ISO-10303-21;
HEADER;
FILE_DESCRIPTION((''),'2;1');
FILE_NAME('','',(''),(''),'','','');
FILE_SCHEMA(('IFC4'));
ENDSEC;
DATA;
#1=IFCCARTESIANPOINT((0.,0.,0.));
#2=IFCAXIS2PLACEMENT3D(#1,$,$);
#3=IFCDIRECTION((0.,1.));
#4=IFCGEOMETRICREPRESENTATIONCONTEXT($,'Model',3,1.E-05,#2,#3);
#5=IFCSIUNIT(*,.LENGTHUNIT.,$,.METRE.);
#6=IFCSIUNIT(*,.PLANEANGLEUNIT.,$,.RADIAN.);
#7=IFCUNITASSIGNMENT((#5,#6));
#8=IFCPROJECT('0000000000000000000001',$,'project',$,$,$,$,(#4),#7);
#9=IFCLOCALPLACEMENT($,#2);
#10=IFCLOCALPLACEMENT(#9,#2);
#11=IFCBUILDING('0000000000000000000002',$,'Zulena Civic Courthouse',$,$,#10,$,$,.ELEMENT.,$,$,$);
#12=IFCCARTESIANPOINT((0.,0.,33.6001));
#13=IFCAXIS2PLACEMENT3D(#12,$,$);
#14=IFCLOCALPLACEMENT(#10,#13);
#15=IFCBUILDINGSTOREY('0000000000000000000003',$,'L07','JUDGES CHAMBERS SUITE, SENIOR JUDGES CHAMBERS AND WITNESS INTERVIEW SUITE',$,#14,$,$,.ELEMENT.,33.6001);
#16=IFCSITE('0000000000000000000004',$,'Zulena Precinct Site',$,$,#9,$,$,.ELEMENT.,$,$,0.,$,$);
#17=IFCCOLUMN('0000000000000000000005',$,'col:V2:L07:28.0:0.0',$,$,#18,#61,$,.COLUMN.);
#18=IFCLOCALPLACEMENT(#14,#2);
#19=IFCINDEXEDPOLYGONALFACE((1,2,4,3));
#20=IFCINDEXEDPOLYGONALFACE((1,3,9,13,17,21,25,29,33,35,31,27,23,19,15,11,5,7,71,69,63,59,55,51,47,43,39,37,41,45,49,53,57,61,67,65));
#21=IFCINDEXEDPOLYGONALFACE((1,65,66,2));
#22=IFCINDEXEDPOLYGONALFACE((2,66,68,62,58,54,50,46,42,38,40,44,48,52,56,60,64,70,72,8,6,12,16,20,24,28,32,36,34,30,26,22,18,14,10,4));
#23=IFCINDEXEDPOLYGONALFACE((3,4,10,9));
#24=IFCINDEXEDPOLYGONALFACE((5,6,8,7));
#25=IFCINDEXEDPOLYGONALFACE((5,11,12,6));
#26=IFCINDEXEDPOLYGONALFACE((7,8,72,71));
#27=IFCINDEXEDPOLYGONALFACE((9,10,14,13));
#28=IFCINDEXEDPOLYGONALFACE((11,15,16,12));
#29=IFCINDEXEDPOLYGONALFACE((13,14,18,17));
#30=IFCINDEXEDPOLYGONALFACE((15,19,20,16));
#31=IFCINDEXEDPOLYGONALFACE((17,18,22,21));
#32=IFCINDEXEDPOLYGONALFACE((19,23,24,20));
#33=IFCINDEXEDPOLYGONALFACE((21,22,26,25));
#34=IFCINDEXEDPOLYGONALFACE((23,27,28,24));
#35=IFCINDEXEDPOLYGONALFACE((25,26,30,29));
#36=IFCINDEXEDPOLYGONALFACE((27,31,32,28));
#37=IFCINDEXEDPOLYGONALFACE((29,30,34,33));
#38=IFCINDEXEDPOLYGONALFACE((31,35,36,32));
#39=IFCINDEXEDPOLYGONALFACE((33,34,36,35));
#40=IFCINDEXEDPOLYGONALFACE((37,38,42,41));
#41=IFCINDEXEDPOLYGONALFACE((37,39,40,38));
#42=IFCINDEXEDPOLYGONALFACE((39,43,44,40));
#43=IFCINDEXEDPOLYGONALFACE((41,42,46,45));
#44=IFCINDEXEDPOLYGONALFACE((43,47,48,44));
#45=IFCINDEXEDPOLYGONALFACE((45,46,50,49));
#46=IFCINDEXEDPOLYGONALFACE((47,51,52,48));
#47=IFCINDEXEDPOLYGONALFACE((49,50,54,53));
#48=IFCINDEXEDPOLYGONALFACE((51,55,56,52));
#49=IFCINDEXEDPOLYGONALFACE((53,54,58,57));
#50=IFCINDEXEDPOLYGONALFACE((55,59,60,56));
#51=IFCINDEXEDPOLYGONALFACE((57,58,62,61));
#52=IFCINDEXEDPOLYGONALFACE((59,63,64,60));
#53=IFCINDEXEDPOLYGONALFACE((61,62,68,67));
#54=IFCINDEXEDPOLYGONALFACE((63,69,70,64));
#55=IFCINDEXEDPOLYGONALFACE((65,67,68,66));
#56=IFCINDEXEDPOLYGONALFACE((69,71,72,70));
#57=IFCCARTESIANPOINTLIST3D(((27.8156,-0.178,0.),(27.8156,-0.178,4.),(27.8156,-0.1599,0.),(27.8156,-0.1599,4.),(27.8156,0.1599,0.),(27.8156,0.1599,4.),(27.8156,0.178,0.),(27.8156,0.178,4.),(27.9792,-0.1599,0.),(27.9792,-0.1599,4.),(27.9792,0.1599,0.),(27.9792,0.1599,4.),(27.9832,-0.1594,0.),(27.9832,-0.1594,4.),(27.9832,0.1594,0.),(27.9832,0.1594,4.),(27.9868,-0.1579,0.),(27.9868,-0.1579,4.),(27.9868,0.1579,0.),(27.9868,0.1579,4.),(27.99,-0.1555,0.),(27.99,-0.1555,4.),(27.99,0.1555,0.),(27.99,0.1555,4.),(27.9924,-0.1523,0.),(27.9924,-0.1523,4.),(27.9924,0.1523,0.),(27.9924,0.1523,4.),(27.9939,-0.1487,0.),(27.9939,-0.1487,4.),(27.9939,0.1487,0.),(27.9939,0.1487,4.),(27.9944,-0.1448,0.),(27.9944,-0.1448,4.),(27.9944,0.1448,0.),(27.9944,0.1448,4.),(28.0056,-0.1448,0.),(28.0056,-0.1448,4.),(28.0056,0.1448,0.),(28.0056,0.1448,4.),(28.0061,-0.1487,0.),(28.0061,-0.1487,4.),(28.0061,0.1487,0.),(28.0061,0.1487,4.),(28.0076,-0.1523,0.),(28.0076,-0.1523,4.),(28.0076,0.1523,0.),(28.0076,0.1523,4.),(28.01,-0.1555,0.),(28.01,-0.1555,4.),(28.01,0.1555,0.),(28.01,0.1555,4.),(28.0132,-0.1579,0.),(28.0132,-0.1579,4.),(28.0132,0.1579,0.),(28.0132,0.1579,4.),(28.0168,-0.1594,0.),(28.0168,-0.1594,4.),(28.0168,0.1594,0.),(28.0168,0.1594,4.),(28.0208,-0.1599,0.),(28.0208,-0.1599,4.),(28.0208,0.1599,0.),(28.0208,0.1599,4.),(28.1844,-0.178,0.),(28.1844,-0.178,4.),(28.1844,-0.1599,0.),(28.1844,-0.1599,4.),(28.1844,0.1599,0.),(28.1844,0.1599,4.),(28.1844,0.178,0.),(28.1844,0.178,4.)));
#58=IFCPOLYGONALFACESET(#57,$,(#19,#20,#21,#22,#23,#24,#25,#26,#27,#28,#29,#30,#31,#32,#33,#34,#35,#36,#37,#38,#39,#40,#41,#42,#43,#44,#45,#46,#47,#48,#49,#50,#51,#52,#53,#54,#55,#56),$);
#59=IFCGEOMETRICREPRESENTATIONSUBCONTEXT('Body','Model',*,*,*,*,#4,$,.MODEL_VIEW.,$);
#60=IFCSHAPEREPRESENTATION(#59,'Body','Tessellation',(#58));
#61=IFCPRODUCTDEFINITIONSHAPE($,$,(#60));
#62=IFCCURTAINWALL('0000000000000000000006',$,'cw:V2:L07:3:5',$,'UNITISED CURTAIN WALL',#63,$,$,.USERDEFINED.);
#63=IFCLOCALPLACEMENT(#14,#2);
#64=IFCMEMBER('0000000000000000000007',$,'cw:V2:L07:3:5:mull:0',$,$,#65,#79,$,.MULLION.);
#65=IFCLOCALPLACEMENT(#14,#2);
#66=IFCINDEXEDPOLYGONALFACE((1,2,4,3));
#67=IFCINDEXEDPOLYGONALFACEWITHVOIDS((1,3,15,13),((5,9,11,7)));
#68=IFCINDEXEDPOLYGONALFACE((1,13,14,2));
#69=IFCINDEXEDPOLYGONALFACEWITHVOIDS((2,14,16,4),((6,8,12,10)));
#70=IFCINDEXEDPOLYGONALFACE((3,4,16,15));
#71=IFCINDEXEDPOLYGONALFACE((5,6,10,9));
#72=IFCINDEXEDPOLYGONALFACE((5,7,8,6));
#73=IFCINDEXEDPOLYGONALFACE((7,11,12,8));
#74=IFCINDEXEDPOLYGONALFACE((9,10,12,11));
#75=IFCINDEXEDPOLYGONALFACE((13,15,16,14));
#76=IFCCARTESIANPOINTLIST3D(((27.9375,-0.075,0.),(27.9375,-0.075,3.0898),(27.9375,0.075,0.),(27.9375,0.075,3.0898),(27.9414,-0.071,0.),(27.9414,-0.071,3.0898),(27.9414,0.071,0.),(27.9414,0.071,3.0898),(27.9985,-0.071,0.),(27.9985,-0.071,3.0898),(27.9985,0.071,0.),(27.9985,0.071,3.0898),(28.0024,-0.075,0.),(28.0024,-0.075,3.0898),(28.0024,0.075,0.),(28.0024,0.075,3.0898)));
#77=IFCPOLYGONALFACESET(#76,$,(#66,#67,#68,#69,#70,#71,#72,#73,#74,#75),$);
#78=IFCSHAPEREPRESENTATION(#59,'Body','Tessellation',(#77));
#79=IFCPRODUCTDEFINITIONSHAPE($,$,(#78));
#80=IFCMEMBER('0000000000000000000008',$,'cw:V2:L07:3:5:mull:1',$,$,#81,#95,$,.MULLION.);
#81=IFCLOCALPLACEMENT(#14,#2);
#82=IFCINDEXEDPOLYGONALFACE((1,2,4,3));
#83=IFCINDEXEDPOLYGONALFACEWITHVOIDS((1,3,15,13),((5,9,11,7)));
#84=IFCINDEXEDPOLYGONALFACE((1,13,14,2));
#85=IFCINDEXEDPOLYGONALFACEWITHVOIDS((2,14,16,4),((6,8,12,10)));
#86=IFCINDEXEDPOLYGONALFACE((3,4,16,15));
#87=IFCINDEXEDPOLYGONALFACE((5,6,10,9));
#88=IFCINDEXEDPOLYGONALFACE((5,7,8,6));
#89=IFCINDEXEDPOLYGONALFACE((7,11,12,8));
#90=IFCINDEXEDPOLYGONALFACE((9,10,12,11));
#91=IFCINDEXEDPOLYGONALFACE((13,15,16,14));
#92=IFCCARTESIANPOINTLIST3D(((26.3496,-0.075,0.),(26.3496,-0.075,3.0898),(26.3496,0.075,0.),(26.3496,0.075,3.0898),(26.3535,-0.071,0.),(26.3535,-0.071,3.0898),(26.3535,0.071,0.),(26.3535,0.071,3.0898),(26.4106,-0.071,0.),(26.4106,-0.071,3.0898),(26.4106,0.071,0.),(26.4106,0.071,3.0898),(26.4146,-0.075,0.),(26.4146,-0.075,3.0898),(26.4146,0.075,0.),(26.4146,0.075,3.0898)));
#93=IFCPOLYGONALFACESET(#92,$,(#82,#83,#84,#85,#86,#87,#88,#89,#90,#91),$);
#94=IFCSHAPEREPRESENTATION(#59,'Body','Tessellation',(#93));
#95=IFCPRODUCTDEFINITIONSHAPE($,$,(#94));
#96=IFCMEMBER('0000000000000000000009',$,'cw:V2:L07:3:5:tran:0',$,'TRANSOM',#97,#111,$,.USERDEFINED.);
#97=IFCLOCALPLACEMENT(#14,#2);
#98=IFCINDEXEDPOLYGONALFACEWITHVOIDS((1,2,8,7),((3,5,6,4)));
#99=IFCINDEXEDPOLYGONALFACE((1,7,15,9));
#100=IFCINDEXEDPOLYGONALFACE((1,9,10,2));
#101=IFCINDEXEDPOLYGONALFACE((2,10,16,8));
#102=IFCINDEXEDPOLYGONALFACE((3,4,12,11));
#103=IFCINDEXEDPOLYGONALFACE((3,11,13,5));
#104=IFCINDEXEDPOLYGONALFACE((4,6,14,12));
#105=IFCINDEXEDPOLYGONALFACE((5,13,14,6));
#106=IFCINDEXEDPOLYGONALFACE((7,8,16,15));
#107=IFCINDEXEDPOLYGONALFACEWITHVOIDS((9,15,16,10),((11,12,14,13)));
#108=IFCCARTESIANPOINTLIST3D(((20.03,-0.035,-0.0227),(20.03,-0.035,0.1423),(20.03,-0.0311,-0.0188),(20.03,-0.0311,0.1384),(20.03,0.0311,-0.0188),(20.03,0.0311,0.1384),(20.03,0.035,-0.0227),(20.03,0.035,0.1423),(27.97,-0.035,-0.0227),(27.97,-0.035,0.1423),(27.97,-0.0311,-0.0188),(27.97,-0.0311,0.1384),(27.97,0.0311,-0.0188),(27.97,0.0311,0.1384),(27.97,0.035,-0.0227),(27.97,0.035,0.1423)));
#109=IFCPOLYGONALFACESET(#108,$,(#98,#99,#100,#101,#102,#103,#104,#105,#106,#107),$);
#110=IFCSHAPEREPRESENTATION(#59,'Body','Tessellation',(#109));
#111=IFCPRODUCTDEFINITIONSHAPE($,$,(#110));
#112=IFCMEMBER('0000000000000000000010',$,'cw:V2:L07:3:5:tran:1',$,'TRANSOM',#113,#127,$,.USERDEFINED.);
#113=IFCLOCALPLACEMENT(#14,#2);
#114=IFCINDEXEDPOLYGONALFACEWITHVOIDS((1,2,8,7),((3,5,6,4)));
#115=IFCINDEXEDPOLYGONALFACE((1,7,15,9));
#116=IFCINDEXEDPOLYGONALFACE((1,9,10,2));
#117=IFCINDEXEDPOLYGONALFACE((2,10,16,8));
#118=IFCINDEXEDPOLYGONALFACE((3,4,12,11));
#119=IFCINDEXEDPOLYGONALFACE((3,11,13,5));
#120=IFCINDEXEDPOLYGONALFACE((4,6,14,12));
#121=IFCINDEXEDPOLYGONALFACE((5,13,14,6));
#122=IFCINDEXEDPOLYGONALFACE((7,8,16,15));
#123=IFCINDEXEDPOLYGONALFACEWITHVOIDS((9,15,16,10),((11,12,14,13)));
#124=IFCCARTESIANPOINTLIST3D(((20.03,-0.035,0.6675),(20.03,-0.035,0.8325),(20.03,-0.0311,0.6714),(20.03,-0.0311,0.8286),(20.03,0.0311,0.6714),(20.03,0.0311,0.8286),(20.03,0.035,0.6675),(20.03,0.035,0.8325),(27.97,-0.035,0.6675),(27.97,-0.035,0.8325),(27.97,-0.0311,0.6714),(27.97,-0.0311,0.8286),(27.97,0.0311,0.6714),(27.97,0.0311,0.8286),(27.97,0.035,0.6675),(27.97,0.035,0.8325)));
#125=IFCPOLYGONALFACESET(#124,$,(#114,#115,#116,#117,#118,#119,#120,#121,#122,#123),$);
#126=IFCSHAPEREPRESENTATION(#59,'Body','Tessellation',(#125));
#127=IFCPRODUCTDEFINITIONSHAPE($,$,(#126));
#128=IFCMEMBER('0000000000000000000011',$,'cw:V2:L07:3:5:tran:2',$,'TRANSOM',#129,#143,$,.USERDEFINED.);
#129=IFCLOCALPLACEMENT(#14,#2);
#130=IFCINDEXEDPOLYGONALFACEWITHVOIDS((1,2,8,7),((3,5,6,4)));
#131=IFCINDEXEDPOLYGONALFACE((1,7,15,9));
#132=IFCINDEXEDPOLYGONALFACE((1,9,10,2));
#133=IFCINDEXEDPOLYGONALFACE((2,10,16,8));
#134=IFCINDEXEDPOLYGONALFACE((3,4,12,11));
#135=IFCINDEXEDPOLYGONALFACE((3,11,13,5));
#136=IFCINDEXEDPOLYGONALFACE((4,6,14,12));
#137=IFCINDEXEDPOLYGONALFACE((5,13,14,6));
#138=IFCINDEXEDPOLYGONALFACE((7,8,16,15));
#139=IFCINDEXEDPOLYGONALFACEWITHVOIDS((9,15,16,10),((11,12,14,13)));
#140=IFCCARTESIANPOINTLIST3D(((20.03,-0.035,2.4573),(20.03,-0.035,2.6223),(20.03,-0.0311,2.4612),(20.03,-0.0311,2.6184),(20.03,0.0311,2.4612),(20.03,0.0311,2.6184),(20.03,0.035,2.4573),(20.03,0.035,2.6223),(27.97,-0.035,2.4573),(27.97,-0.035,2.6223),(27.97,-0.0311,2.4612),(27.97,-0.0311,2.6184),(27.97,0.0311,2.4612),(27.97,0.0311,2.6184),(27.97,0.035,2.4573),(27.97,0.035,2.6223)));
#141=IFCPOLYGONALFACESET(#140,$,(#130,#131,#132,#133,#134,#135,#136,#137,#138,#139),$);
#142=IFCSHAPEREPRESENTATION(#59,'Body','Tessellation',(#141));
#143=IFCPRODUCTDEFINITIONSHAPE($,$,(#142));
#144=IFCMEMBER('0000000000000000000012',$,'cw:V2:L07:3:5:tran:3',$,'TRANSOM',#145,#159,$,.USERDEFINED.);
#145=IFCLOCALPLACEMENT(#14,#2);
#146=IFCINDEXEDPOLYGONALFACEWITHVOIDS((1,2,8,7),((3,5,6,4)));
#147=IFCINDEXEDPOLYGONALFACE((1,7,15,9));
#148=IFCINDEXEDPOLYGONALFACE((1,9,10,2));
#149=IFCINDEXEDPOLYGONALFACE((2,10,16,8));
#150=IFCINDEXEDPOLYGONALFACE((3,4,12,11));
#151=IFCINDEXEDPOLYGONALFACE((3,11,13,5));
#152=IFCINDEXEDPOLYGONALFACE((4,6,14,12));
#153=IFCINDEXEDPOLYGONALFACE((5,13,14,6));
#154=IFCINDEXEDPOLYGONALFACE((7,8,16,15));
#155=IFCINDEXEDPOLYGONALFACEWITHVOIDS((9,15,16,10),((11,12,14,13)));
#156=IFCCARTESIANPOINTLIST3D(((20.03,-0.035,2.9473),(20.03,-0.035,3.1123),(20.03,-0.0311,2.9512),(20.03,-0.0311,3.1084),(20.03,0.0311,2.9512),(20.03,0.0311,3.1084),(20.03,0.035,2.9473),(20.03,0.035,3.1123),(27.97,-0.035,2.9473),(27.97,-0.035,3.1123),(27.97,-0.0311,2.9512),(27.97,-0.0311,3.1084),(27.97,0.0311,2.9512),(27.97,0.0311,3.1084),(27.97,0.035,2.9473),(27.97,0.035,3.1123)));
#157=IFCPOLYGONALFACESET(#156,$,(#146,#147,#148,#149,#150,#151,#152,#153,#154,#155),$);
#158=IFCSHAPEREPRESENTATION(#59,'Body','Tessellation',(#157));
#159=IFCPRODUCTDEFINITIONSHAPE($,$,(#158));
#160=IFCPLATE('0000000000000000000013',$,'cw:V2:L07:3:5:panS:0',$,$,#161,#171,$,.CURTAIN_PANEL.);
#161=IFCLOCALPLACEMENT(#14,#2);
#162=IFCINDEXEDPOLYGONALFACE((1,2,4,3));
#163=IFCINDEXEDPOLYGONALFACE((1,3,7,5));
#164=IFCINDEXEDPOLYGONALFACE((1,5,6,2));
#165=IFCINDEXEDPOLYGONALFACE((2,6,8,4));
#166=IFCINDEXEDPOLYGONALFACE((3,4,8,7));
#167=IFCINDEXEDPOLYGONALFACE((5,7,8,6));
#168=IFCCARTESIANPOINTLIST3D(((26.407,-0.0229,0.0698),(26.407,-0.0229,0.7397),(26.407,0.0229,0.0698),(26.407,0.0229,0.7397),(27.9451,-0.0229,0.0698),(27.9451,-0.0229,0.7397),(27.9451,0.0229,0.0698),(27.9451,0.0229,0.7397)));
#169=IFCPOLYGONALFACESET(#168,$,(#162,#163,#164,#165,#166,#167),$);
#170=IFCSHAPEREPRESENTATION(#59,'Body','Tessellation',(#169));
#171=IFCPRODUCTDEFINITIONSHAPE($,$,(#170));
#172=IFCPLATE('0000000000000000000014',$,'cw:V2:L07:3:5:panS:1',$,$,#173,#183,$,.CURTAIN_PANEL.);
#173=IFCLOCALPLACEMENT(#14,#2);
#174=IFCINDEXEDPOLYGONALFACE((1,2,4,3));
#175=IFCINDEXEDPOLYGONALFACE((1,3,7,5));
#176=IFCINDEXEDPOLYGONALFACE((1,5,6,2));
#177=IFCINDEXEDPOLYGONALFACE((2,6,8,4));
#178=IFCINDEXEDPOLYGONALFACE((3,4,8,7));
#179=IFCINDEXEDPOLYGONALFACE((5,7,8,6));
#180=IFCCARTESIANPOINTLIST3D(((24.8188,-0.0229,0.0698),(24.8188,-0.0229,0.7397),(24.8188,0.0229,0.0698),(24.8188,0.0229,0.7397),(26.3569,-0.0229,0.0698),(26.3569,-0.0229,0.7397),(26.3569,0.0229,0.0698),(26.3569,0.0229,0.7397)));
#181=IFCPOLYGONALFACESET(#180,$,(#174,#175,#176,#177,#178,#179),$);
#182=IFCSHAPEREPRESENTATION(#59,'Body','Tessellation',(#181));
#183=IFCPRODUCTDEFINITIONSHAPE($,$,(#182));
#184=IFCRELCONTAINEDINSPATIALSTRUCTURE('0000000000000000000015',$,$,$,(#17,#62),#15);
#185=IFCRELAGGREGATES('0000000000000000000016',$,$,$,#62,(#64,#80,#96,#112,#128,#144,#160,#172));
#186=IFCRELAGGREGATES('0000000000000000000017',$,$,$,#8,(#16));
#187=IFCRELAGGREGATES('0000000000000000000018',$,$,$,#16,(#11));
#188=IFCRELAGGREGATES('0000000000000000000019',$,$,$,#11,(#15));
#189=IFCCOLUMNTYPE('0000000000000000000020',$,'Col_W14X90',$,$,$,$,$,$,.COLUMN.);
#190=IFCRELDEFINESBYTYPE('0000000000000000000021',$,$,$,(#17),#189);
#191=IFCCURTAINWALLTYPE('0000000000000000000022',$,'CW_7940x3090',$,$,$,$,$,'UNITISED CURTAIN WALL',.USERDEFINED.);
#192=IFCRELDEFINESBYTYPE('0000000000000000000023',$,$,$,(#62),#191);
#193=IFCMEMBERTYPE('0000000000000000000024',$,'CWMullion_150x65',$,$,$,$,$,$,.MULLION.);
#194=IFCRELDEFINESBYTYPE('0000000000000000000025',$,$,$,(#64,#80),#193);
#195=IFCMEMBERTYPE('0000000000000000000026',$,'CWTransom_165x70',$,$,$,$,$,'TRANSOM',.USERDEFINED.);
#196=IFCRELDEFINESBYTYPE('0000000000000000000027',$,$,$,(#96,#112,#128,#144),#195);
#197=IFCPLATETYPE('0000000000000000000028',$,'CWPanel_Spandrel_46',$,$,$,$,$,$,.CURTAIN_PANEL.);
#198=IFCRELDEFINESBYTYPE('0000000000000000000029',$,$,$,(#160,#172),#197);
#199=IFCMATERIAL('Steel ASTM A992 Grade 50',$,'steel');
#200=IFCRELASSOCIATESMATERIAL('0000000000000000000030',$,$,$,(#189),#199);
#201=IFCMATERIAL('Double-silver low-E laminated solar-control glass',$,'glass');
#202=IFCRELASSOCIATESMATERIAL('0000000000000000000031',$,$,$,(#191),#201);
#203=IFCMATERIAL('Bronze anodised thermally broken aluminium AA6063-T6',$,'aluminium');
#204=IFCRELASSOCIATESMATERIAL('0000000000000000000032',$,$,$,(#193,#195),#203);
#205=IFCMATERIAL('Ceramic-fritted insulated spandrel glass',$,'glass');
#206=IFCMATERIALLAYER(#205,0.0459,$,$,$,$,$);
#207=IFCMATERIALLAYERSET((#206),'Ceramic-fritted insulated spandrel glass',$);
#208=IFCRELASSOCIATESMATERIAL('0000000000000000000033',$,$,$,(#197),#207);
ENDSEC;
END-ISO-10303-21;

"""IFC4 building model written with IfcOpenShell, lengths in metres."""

from ifc_helpers import new_model, si_unit, direction, frame, origin, origin_2d, place, context, subcontext, project, spatial, rectangle, hollow_rectangle, i_section, extrude, material, layer, layer_set, material_profile, profile_set, type_object, element, aggregate, save


model = new_model("IFC4")

# Units and contexts
model_context = context("Model", 3, precision=1e-05, world=origin(), true_north=direction((0.0, 1.0)))
body_context = subcontext(model_context, "Body", "Model", "MODEL_VIEW")
ifc_project = project(units=[si_unit("LENGTHUNIT", "METRE"), si_unit("PLANEANGLEUNIT", "RADIAN")], contexts=[model_context])

# Site, building, storey
site_placement = place(None, origin())
site = spatial("IfcSite", under=ifc_project, at=site_placement, Name="Zulena Precinct Site", CompositionType="ELEMENT", RefElevation=0.0)
building_placement = place(site_placement, origin())
building = spatial("IfcBuilding", under=site, at=building_placement, Name="Zulena Civic Courthouse", CompositionType="ELEMENT")
storey_placement = place(building_placement, frame((0.0, 0.0, 33.6001)))
storey = spatial("IfcBuildingStorey", under=building, at=storey_placement, Name="L07", Description="JUDGES CHAMBERS SUITE, SENIOR JUDGES CHAMBERS AND WITNESS INTERVIEW SUITE", CompositionType="ELEMENT", Elevation=33.6001)

# Column
ifc_material_1 = material(Name="Steel ASTM A992 Grade 50", Category="steel")
ifc_material_profile_1 = material_profile(ifc_material_1, i_section(OverallWidth=0.3689, OverallDepth=0.356, WebThickness=0.0112, FlangeThickness=0.0181, FilletRadius=0.0151, at=origin_2d()), Name="W14X90")
ifc_profile_set_1 = profile_set([ifc_material_profile_1], Name="Steel ASTM A992 Grade 50")
column_type = type_object("IfcColumnType", Name="Col_W14X90", PredefinedType="COLUMN", material=ifc_profile_set_1)
column_placement = place(storey_placement, frame((28.0, 0.0, 0.0), z_axis=(0.0, 0.0, 1.0), x_axis=(1.0, 0.0, 0.0)))
element("IfcColumn", 1, at=column_placement, inside=storey, type_object=column_type, Name="col:V2:L07:28.0:0.0", PredefinedType="COLUMN", context=body_context, shape_type="SweptSolid", body=[
    extrude(i_section(OverallWidth=0.3689, OverallDepth=0.356, WebThickness=0.0112, FlangeThickness=0.0181, FilletRadius=0.0151, at=origin_2d()), origin(), (0.0, 0.0, 1.0), 4.0),
])

# Curtain wall, members, plates
ifc_material_2 = material(Name="Double-silver low-E laminated solar-control glass", Category="glass")
curtain_wall_type = type_object("IfcCurtainWallType", Name="CW_7940x3090", ElementType="UNITISED CURTAIN WALL", PredefinedType="USERDEFINED", material=ifc_material_2)
curtain_wall_placement = place(storey_placement, origin())
curtain_wall = element("IfcCurtainWall", 2, at=curtain_wall_placement, inside=storey, type_object=curtain_wall_type, Name="cw:V2:L07:3:5", ObjectType="UNITISED CURTAIN WALL", PredefinedType="USERDEFINED")
ifc_material_3 = material(Name="Bronze anodised thermally broken aluminium AA6063-T6", Category="aluminium")
ifc_material_profile_2 = material_profile(ifc_material_3, hollow_rectangle(XDim=0.0649, YDim=0.1499, WallThickness=0.0039, at=origin_2d()), Name="CWM150X65X4")
ifc_profile_set_2 = profile_set([ifc_material_profile_2], Name="Bronze anodised thermally broken aluminium AA6063-T6")
member_type_1 = type_object("IfcMemberType", Name="CWMullion_150x65", PredefinedType="MULLION", material=ifc_profile_set_2)
member_1_placement = place(storey_placement, frame((27.97, 0.0, 0.0), z_axis=(0.0, 0.0, 1.0), x_axis=(1.0, 0.0, 0.0)))
member_1 = element("IfcMember", 3, at=member_1_placement, type_object=member_type_1, Name="cw:V2:L07:3:5:mull:0", PredefinedType="MULLION", context=body_context, shape_type="SweptSolid", body=[
    extrude(hollow_rectangle(XDim=0.0649, YDim=0.1499, WallThickness=0.0039, at=origin_2d()), origin(), (0.0, 0.0, 1.0), 3.0898),
])
member_2_placement = place(storey_placement, frame((26.3821, 0.0, 0.0), z_axis=(0.0, 0.0, 1.0), x_axis=(1.0, 0.0, 0.0)))
member_2 = element("IfcMember", 4, at=member_2_placement, type_object=member_type_1, Name="cw:V2:L07:3:5:mull:1", PredefinedType="MULLION", context=body_context, shape_type="SweptSolid", body=[
    extrude(hollow_rectangle(XDim=0.0649, YDim=0.1499, WallThickness=0.0039, at=origin_2d()), origin(), (0.0, 0.0, 1.0), 3.0898),
])
ifc_material_profile_3 = material_profile(ifc_material_3, hollow_rectangle(XDim=0.0701, YDim=0.165, WallThickness=0.0039, at=origin_2d()), Name="CWT165X70X4")
ifc_profile_set_3 = profile_set([ifc_material_profile_3], Name="Bronze anodised thermally broken aluminium AA6063-T6")
member_type_2 = type_object("IfcMemberType", Name="CWTransom_165x70", ElementType="TRANSOM", PredefinedType="USERDEFINED", material=ifc_profile_set_3)
member_3_placement = place(storey_placement, frame((27.97, 0.0, 0.0598), z_axis=(-1.0, 0.0, 0.0), x_axis=(0.0, -1.0, 0.0)))
member_3 = element("IfcMember", 5, at=member_3_placement, type_object=member_type_2, Name="cw:V2:L07:3:5:tran:0", ObjectType="TRANSOM", PredefinedType="USERDEFINED", context=body_context, shape_type="SweptSolid", body=[
    extrude(hollow_rectangle(XDim=0.0701, YDim=0.165, WallThickness=0.0039, at=origin_2d()), origin(), (0.0, 0.0, 1.0), 7.9399),
])
member_4_placement = place(storey_placement, frame((27.97, 0.0, 0.75), z_axis=(-1.0, 0.0, 0.0), x_axis=(0.0, -1.0, 0.0)))
member_4 = element("IfcMember", 6, at=member_4_placement, type_object=member_type_2, Name="cw:V2:L07:3:5:tran:1", ObjectType="TRANSOM", PredefinedType="USERDEFINED", context=body_context, shape_type="SweptSolid", body=[
    extrude(hollow_rectangle(XDim=0.0701, YDim=0.165, WallThickness=0.0039, at=origin_2d()), origin(), (0.0, 0.0, 1.0), 7.9399),
])
member_5_placement = place(storey_placement, frame((27.97, 0.0, 2.5398), z_axis=(-1.0, 0.0, 0.0), x_axis=(0.0, -1.0, 0.0)))
member_5 = element("IfcMember", 7, at=member_5_placement, type_object=member_type_2, Name="cw:V2:L07:3:5:tran:2", ObjectType="TRANSOM", PredefinedType="USERDEFINED", context=body_context, shape_type="SweptSolid", body=[
    extrude(hollow_rectangle(XDim=0.0701, YDim=0.165, WallThickness=0.0039, at=origin_2d()), origin(), (0.0, 0.0, 1.0), 7.9399),
])
member_6_placement = place(storey_placement, frame((27.97, 0.0, 3.0298), z_axis=(-1.0, 0.0, 0.0), x_axis=(0.0, -1.0, 0.0)))
member_6 = element("IfcMember", 8, at=member_6_placement, type_object=member_type_2, Name="cw:V2:L07:3:5:tran:3", ObjectType="TRANSOM", PredefinedType="USERDEFINED", context=body_context, shape_type="SweptSolid", body=[
    extrude(hollow_rectangle(XDim=0.0701, YDim=0.165, WallThickness=0.0039, at=origin_2d()), origin(), (0.0, 0.0, 1.0), 7.9399),
])
ifc_material_4 = material(Name="Ceramic-fritted insulated spandrel glass", Category="glass")
ifc_layer_1 = layer(ifc_material_4, 0.0459)
ifc_layer_set_1 = layer_set([ifc_layer_1], Name="Ceramic-fritted insulated spandrel glass")
plate_type_1 = type_object("IfcPlateType", Name="CWPanel_Spandrel_46", PredefinedType="CURTAIN_PANEL", material=ifc_layer_set_1)
plate_1_placement = place(storey_placement, frame((27.176, 0.0, 0.0698), z_axis=(0.0, 0.0, 1.0), x_axis=(-1.0, 0.0, 0.0)))
plate_1 = element("IfcPlate", 9, at=plate_1_placement, type_object=plate_type_1, Name="cw:V2:L07:3:5:panS:0", PredefinedType="CURTAIN_PANEL", context=body_context, shape_type="SweptSolid", body=[
    extrude(rectangle(XDim=1.5381, YDim=0.0459, at=origin_2d()), origin(), (0.0, 0.0, 1.0), 0.6699),
])
plate_2_placement = place(storey_placement, frame((25.5879, 0.0, 0.0698), z_axis=(0.0, 0.0, 1.0), x_axis=(-1.0, 0.0, 0.0)))
plate_2 = element("IfcPlate", 10, at=plate_2_placement, type_object=plate_type_1, Name="cw:V2:L07:3:5:panS:1", PredefinedType="CURTAIN_PANEL", context=body_context, shape_type="SweptSolid", body=[
    extrude(rectangle(XDim=1.5381, YDim=0.0459, at=origin_2d()), origin(), (0.0, 0.0, 1.0), 0.6699),
])
aggregate(curtain_wall, [member_1, member_2, member_3, member_4, member_5, member_6, plate_1, plate_2])

save(model, "model.ifc")
